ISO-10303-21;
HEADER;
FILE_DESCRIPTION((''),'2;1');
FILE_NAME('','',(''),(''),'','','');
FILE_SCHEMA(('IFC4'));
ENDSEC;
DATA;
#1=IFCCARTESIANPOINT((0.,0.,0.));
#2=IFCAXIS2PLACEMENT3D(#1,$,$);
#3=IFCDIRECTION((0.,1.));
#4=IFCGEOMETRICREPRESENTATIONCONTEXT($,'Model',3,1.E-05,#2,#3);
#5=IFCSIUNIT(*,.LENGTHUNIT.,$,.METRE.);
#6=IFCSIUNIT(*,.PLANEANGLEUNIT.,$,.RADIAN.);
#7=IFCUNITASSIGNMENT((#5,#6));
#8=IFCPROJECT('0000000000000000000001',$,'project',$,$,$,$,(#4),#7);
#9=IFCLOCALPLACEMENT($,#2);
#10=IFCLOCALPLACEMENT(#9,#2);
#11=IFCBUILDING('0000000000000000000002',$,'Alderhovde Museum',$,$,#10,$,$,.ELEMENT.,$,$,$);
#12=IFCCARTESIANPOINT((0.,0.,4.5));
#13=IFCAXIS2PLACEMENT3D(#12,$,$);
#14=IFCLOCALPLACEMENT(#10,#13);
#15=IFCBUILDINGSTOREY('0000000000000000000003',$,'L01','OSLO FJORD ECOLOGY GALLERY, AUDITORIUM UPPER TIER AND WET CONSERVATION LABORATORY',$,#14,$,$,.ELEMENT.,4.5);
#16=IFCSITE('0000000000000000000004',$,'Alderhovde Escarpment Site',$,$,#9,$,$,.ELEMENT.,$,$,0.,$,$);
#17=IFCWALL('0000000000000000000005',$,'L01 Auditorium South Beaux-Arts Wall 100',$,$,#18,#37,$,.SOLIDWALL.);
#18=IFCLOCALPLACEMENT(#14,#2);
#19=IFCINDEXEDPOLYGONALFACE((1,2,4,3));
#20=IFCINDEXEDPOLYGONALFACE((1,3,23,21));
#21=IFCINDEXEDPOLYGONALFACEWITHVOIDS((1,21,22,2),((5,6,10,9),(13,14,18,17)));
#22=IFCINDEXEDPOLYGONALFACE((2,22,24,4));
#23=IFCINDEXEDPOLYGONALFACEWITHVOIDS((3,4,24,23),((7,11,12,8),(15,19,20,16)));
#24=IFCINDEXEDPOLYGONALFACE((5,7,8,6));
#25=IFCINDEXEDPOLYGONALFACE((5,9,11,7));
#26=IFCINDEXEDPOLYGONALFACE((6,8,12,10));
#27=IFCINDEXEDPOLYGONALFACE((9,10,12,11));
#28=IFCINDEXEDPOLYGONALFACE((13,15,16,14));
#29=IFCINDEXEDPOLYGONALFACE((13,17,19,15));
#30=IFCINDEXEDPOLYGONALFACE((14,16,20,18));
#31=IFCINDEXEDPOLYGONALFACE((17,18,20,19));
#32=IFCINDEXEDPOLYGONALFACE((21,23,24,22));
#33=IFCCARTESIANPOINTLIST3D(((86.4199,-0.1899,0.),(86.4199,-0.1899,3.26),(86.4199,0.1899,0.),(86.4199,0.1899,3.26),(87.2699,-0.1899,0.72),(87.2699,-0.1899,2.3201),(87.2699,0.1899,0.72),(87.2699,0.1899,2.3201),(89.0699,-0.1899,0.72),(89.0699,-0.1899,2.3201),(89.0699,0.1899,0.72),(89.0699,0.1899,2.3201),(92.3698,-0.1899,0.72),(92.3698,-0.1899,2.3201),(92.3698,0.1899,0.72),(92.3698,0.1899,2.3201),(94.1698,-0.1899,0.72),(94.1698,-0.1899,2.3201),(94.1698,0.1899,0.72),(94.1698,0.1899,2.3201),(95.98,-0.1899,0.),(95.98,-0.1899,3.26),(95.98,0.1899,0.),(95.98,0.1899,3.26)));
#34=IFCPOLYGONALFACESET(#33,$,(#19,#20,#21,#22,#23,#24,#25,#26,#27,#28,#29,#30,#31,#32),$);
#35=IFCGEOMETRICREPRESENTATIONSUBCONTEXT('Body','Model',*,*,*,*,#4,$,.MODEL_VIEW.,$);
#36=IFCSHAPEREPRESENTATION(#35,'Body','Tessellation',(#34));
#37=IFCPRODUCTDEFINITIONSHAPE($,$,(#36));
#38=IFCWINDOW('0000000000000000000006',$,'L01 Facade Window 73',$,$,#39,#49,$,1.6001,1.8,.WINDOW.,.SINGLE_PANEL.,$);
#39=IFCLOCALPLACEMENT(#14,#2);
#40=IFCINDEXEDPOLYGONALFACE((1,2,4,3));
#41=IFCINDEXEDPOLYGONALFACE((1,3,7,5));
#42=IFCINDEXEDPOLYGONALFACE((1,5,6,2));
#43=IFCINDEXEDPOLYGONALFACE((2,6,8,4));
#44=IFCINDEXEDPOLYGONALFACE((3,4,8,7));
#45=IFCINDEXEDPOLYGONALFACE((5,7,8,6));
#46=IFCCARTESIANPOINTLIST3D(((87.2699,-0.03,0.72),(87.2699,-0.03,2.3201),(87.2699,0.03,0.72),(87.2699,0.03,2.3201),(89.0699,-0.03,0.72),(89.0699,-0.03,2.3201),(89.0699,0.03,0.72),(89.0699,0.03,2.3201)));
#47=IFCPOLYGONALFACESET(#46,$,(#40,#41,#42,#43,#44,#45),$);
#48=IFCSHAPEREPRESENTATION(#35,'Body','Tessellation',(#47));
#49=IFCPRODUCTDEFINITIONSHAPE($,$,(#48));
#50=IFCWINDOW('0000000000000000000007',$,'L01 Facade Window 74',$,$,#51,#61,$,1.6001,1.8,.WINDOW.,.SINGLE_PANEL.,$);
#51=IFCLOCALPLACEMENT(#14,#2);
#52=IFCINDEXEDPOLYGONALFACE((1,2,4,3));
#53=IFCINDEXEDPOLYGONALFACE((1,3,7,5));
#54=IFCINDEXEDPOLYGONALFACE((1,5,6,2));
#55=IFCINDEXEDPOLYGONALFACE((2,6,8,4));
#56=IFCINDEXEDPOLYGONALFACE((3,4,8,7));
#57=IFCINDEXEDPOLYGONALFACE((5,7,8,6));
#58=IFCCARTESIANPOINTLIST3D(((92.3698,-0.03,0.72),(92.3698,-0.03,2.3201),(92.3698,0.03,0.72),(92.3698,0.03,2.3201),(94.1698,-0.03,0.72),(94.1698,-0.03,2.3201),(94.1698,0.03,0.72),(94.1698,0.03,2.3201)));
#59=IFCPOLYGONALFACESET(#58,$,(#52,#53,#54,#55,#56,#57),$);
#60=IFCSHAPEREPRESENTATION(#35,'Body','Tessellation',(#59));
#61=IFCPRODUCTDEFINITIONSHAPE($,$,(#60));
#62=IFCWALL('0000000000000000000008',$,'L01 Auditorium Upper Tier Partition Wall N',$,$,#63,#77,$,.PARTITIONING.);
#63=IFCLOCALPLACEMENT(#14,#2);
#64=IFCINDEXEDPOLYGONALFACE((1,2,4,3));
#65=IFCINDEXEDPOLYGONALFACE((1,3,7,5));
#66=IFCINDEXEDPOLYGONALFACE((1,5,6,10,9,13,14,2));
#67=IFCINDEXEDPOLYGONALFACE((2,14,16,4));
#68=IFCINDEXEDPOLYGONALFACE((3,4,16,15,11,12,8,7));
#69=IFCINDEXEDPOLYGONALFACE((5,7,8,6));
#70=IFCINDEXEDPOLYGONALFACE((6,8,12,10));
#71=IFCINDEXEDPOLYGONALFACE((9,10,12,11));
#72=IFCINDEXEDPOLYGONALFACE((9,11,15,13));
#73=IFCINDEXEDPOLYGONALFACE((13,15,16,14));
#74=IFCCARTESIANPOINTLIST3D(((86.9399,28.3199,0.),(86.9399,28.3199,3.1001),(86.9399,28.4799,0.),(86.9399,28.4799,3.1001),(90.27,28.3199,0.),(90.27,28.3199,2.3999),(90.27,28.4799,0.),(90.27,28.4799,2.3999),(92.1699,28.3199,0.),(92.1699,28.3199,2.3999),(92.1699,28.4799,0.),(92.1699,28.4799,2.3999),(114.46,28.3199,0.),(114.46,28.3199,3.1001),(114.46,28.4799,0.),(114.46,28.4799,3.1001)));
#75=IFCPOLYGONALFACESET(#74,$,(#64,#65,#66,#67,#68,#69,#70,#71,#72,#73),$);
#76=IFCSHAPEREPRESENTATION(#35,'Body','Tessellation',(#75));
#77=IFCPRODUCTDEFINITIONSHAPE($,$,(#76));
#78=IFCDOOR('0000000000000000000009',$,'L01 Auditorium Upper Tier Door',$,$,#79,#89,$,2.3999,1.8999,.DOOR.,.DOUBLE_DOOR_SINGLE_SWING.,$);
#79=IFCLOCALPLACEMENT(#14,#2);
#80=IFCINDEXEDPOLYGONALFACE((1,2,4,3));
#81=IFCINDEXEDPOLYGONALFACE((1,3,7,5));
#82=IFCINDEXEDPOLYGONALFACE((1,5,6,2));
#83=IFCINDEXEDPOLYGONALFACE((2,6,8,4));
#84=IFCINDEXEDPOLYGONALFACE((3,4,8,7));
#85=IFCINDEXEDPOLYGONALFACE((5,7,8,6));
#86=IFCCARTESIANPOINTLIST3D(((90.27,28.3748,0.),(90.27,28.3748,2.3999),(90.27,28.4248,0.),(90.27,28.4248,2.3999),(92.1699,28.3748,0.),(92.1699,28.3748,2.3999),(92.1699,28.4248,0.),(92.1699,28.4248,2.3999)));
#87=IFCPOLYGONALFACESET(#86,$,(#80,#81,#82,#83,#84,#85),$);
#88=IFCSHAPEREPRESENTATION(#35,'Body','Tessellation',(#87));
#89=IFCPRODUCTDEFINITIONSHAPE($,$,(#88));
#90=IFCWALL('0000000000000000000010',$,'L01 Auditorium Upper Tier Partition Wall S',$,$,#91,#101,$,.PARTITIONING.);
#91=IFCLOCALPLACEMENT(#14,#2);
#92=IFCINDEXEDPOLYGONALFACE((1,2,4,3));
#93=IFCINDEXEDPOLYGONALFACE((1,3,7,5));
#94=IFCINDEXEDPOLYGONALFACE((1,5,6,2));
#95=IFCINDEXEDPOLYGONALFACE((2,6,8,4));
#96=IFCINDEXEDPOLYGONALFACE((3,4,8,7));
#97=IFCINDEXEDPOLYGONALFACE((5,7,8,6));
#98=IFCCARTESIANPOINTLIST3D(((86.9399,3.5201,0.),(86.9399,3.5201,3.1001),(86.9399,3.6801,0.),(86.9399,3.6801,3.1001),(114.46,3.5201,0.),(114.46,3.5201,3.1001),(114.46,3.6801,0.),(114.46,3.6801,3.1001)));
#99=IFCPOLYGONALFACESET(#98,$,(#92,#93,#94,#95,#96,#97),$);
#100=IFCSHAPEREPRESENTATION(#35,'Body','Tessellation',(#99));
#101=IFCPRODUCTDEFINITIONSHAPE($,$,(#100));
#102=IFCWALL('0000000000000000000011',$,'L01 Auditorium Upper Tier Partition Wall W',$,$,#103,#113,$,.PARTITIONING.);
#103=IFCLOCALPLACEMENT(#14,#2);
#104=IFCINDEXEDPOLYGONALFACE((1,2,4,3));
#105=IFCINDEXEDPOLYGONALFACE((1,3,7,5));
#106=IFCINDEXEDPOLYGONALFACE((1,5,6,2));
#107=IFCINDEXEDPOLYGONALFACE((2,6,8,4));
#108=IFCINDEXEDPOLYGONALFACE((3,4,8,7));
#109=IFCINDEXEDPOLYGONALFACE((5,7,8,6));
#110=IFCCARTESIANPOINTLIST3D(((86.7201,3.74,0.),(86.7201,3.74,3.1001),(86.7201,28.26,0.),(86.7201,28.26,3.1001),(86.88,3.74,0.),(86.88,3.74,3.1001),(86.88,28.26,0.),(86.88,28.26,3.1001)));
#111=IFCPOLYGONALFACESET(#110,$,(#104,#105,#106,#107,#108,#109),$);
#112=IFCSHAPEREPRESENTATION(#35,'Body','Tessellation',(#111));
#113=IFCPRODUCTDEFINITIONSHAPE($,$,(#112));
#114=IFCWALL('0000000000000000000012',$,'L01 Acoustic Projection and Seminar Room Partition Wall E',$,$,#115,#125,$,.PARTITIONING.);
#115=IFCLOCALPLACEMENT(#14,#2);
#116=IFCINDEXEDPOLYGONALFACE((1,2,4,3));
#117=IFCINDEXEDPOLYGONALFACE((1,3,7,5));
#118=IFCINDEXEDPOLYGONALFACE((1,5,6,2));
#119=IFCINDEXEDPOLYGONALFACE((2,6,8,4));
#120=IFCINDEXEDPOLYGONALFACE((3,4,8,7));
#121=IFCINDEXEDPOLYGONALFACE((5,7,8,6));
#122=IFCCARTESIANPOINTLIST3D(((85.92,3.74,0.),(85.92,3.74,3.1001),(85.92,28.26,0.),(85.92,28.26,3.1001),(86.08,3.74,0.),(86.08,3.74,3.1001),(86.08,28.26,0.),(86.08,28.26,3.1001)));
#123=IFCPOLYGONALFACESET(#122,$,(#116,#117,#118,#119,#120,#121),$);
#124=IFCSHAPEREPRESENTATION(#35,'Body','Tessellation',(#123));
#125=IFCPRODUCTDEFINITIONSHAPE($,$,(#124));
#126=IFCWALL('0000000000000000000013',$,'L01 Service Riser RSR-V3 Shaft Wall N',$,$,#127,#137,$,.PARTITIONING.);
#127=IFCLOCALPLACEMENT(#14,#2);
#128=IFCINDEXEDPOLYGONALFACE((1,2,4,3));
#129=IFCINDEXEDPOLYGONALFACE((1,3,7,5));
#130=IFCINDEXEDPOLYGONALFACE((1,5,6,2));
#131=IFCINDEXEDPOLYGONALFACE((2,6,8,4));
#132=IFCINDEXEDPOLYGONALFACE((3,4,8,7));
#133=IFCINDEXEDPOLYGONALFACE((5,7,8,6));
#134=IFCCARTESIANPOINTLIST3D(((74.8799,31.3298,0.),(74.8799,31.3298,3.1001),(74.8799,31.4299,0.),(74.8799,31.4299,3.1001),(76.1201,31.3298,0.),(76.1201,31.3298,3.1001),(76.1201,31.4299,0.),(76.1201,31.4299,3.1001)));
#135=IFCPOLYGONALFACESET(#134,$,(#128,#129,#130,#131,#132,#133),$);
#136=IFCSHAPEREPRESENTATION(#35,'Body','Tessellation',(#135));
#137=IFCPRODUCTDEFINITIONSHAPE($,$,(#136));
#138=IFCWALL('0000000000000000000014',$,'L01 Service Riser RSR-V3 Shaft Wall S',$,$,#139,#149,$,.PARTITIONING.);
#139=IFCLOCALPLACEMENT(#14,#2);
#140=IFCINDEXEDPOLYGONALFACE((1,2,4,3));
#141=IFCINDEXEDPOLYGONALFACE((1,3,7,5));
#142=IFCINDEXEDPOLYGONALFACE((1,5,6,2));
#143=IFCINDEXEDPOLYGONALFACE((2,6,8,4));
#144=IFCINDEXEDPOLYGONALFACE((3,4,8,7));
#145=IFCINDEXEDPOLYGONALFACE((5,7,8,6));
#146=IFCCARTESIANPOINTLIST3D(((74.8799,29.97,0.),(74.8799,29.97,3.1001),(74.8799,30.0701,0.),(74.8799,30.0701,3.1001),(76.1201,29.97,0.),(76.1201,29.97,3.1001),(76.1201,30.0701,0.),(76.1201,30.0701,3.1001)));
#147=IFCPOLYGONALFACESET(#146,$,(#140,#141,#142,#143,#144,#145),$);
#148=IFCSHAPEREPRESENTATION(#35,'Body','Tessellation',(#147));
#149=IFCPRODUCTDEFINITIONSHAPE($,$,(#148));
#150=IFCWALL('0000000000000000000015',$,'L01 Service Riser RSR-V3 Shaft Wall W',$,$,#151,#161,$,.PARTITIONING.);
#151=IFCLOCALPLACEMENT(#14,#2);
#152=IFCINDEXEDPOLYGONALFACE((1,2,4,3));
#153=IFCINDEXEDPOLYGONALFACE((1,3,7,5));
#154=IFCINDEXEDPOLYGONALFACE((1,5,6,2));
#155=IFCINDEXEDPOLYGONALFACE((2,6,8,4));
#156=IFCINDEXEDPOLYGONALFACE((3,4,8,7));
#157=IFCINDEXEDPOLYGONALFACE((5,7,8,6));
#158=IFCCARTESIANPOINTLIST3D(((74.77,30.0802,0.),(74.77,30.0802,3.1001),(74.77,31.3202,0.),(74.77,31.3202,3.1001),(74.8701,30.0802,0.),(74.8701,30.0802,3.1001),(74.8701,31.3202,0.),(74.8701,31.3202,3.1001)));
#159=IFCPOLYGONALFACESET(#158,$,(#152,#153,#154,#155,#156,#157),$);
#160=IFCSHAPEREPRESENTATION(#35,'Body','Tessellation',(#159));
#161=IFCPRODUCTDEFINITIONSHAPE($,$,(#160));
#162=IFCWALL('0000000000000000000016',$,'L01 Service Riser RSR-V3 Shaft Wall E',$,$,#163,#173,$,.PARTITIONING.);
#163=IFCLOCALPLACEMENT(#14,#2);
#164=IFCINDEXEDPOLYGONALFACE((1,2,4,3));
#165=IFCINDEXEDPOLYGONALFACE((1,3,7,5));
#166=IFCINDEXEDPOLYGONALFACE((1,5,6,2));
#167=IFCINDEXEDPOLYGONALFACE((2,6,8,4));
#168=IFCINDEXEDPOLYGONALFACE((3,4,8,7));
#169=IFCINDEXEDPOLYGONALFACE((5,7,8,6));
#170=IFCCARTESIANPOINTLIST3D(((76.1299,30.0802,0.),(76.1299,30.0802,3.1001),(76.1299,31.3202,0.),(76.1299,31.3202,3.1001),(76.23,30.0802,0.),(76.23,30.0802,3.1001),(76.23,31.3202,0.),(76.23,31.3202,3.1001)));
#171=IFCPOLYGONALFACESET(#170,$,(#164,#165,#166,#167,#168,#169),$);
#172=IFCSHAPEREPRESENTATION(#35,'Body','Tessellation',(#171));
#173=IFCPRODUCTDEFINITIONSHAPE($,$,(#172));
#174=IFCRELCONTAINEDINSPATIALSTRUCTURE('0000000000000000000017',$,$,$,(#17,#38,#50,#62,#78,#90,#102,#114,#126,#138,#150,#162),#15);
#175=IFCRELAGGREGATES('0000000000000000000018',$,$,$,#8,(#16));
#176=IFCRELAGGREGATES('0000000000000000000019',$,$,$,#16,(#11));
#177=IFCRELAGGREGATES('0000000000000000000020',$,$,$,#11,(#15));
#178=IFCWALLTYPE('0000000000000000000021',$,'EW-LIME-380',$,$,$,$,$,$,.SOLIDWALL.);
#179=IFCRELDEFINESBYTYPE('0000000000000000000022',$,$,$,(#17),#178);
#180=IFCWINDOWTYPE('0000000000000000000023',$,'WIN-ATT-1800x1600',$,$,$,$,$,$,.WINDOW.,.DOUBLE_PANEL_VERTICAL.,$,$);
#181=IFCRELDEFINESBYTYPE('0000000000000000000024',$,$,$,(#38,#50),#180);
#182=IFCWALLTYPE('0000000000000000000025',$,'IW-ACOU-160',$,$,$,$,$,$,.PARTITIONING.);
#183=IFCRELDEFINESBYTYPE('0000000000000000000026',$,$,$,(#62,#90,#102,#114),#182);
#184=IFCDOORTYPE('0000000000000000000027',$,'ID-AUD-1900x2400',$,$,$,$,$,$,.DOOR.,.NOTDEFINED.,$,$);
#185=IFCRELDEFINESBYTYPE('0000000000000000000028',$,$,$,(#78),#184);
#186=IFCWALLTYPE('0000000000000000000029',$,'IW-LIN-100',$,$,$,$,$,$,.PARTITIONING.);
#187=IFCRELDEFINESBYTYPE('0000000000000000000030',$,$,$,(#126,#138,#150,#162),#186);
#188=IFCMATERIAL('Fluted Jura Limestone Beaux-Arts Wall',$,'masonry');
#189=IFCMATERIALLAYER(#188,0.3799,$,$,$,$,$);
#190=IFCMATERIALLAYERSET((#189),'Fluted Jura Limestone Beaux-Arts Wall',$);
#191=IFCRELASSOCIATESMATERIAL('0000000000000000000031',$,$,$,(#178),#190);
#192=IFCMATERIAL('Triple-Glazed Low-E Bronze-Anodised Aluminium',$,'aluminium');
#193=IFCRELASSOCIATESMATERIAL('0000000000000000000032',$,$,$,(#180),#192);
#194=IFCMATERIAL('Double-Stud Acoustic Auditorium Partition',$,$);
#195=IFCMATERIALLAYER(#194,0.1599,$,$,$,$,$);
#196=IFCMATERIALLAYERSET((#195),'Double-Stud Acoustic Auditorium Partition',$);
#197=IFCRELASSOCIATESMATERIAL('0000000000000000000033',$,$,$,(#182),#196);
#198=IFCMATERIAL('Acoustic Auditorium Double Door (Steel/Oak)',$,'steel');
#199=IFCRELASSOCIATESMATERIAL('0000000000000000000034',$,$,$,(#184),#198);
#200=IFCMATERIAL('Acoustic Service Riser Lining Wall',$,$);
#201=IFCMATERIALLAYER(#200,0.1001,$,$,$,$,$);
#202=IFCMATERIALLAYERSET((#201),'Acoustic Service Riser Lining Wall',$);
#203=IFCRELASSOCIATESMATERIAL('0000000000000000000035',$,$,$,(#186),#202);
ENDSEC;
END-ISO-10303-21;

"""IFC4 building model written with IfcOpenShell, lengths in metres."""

from ifc_helpers import new_model, si_unit, direction, frame, frame_2d, origin, place, context, subcontext, project, spatial, rectangle, extrude, material, layer, layer_set, type_object, element, fill, save


model = new_model("IFC4")

# Units and contexts
model_context = context("Model", 3, precision=1e-05, world=origin(), true_north=direction((0.0, 1.0)))
body_context = subcontext(model_context, "Body", "Model", "MODEL_VIEW")
ifc_project = project(units=[si_unit("LENGTHUNIT", "METRE"), si_unit("PLANEANGLEUNIT", "RADIAN")], contexts=[model_context])

# Site, building, storey
site_placement = place(None, origin())
site = spatial("IfcSite", under=ifc_project, at=site_placement, Name="Alderhovde Escarpment Site", CompositionType="ELEMENT", RefElevation=0.0)
building_placement = place(site_placement, origin())
building = spatial("IfcBuilding", under=site, at=building_placement, Name="Alderhovde Museum", CompositionType="ELEMENT")
storey_placement = place(building_placement, frame((0.0, 0.0, 4.5)))
storey = spatial("IfcBuildingStorey", under=building, at=storey_placement, Name="L01", Description="OSLO FJORD ECOLOGY GALLERY, AUDITORIUM UPPER TIER AND WET CONSERVATION LABORATORY", CompositionType="ELEMENT", Elevation=4.5)

# Wall, openings, windows
ifc_material_1 = material(Name="Fluted Jura Limestone Beaux-Arts Wall", Category="masonry")
ifc_layer_1 = layer(ifc_material_1, 0.3799)
ifc_layer_set_1 = layer_set([ifc_layer_1], Name="Fluted Jura Limestone Beaux-Arts Wall")
wall_type_1 = type_object("IfcWallType", Name="EW-LIME-380", PredefinedType="SOLIDWALL", material=ifc_layer_set_1)
ifc_material_2 = material(Name="Triple-Glazed Low-E Bronze-Anodised Aluminium", Category="aluminium")
window_type = type_object("IfcWindowType", Name="WIN-ATT-1800x1600", PartitioningType="DOUBLE_PANEL_VERTICAL", PredefinedType="WINDOW", material=ifc_material_2)
wall_1_placement = place(storey_placement, frame((86.4199, 0.0, 0.0), z_axis=(0.0, 0.0, 1.0), x_axis=(1.0, 0.0, 0.0)))
wall_1 = element("IfcWall", 1, at=wall_1_placement, inside=storey, type_object=wall_type_1, Name="L01 Auditorium South Beaux-Arts Wall 100", PredefinedType="SOLIDWALL", context=body_context, shape_type="SweptSolid", body=[
    extrude(rectangle(XDim=9.5601, YDim=0.3799, at=frame_2d((4.78, 0.0))), origin(), (0.0, 0.0, 1.0), 3.26),
])
opening_1_placement = place(wall_1_placement, frame((0.8501, 0.0, 0.72)))
opening_1 = element("IfcOpeningElement", 2, at=opening_1_placement, cuts=wall_1, PredefinedType="OPENING", context=body_context, shape_type="SweptSolid", body=[
    extrude(rectangle(XDim=1.8, YDim=1.6001, at=frame_2d((0.8999, 0.8))), frame((0.0, 0.2, 0.0), z_axis=(0.0, -1.0, 0.0), x_axis=(1.0, 0.0, 0.0)), (0.0, 0.0, 1.0), 0.3999),
])
opening_2_placement = place(wall_1_placement, frame((5.95, 0.0, 0.72)))
opening_2 = element("IfcOpeningElement", 3, at=opening_2_placement, cuts=wall_1, PredefinedType="OPENING", context=body_context, shape_type="SweptSolid", body=[
    extrude(rectangle(XDim=1.8, YDim=1.6001, at=frame_2d((0.8999, 0.8))), frame((0.0, 0.2, 0.0), z_axis=(0.0, -1.0, 0.0), x_axis=(1.0, 0.0, 0.0)), (0.0, 0.0, 1.0), 0.3999),
])
window_1_placement = place(opening_1_placement, origin())
window_1 = element("IfcWindow", 4, at=window_1_placement, inside=storey, type_object=window_type, Name="L01 Facade Window 73", OverallHeight=1.6001, OverallWidth=1.8, PartitioningType="SINGLE_PANEL", PredefinedType="WINDOW", context=body_context, shape_type="SweptSolid", body=[
    extrude(rectangle(XDim=1.8, YDim=1.6001, at=frame_2d((0.8999, 0.8))), frame((0.0, 0.03, 0.0), z_axis=(0.0, -1.0, 0.0), x_axis=(1.0, 0.0, 0.0)), (0.0, 0.0, 1.0), 0.0601),
])
fill(opening_1, window_1)
window_2_placement = place(opening_2_placement, origin())
window_2 = element("IfcWindow", 5, at=window_2_placement, inside=storey, type_object=window_type, Name="L01 Facade Window 74", OverallHeight=1.6001, OverallWidth=1.8, PartitioningType="SINGLE_PANEL", PredefinedType="WINDOW", context=body_context, shape_type="SweptSolid", body=[
    extrude(rectangle(XDim=1.8, YDim=1.6001, at=frame_2d((0.8999, 0.8))), frame((0.0, 0.03, 0.0), z_axis=(0.0, -1.0, 0.0), x_axis=(1.0, 0.0, 0.0)), (0.0, 0.0, 1.0), 0.0601),
])
fill(opening_2, window_2)

# Wall, opening, door
ifc_material_3 = material(Name="Double-Stud Acoustic Auditorium Partition")
ifc_layer_2 = layer(ifc_material_3, 0.1599)
ifc_layer_set_2 = layer_set([ifc_layer_2], Name="Double-Stud Acoustic Auditorium Partition")
wall_type_2 = type_object("IfcWallType", Name="IW-ACOU-160", PredefinedType="PARTITIONING", material=ifc_layer_set_2)
wall_2_placement = place(storey_placement, frame((86.9399, 28.3999, 0.0), z_axis=(0.0, 0.0, 1.0), x_axis=(1.0, 0.0, 0.0)))
wall_2 = element("IfcWall", 6, at=wall_2_placement, inside=storey, type_object=wall_type_2, Name="L01 Auditorium Upper Tier Partition Wall N", PredefinedType="PARTITIONING", context=body_context, shape_type="SweptSolid", body=[
    extrude(rectangle(XDim=27.52, YDim=0.1599, at=frame_2d((13.76, 0.0))), origin(), (0.0, 0.0, 1.0), 3.1001),
])
opening_3_placement = place(wall_2_placement, frame((3.3301, 0.0, 0.0)))
opening_3 = element("IfcOpeningElement", 7, at=opening_3_placement, cuts=wall_2, PredefinedType="OPENING", context=body_context, shape_type="SweptSolid", body=[
    extrude(rectangle(XDim=1.8999, YDim=2.3999, at=frame_2d((0.95, 1.2))), frame((0.0, 0.0901, 0.0), z_axis=(0.0, -1.0, 0.0), x_axis=(1.0, 0.0, 0.0)), (0.0, 0.0, 1.0), 0.1799),
])
ifc_material_4 = material(Name="Acoustic Auditorium Double Door (Steel/Oak)", Category="steel")
door_type = type_object("IfcDoorType", Name="ID-AUD-1900x2400", OperationType="NOTDEFINED", PredefinedType="DOOR", material=ifc_material_4)
door_placement = place(opening_3_placement, origin())
door = element("IfcDoor", 8, at=door_placement, inside=storey, type_object=door_type, Name="L01 Auditorium Upper Tier Door", OperationType="DOUBLE_DOOR_SINGLE_SWING", OverallHeight=2.3999, OverallWidth=1.8999, PredefinedType="DOOR", context=body_context, shape_type="SweptSolid", body=[
    extrude(rectangle(XDim=1.8999, YDim=2.3999, at=frame_2d((0.95, 1.2))), frame((0.0, 0.0249, 0.0), z_axis=(0.0, -1.0, 0.0), x_axis=(1.0, 0.0, 0.0)), (0.0, 0.0, 1.0), 0.05),
])
fill(opening_3, door)

# Walls
wall_3_placement = place(storey_placement, frame((86.9399, 3.6001, 0.0), z_axis=(0.0, 0.0, 1.0), x_axis=(1.0, 0.0, 0.0)))
element("IfcWall", 9, at=wall_3_placement, inside=storey, type_object=wall_type_2, Name="L01 Auditorium Upper Tier Partition Wall S", PredefinedType="PARTITIONING", context=body_context, shape_type="SweptSolid", body=[
    extrude(rectangle(XDim=27.52, YDim=0.1599, at=frame_2d((13.76, 0.0))), origin(), (0.0, 0.0, 1.0), 3.1001),
])
for number, where, z_axis, x_axis, name in (
    (10, (86.8, 3.74, 0.0), (0.0, 0.0, 1.0), (0.0, 1.0, 0.0), "L01 Auditorium Upper Tier Partition Wall W"),
    (11, (86.0, 3.74, 0.0), (0.0, 0.0, 1.0), (0.0, 1.0, 0.0), "L01 Acoustic Projection and Seminar Room Partition Wall E"),
):
    element("IfcWall", number, at=place(storey_placement, frame(where, z_axis=z_axis, x_axis=x_axis)), inside=storey, type_object=wall_type_2, Name=name, PredefinedType="PARTITIONING", context=body_context, shape_type="SweptSolid", body=[
        extrude(rectangle(XDim=24.52, YDim=0.1599, at=frame_2d((12.26, 0.0))), origin(), (0.0, 0.0, 1.0), 3.1001),
    ])
ifc_material_5 = material(Name="Acoustic Service Riser Lining Wall")
ifc_layer_3 = layer(ifc_material_5, 0.1001)
ifc_layer_set_3 = layer_set([ifc_layer_3], Name="Acoustic Service Riser Lining Wall")
wall_type_3 = type_object("IfcWallType", Name="IW-LIN-100", PredefinedType="PARTITIONING", material=ifc_layer_set_3)
for number, where, z_axis, x_axis, name in (
    (12, (74.8799, 31.3799, 0.0), (0.0, 0.0, 1.0), (1.0, 0.0, 0.0), "L01 Service Riser RSR-V3 Shaft Wall N"),
    (13, (74.8799, 30.02, 0.0), (0.0, 0.0, 1.0), (1.0, 0.0, 0.0), "L01 Service Riser RSR-V3 Shaft Wall S"),
):
    element("IfcWall", number, at=place(storey_placement, frame(where, z_axis=z_axis, x_axis=x_axis)), inside=storey, type_object=wall_type_3, Name=name, PredefinedType="PARTITIONING", context=body_context, shape_type="SweptSolid", body=[
        extrude(rectangle(XDim=1.2402, YDim=0.1001, at=frame_2d((0.6201, 0.0))), origin(), (0.0, 0.0, 1.0), 3.1001),
    ])
for number, where, z_axis, x_axis, name in (
    (14, (74.8201, 30.0801, 0.0), (0.0, 0.0, 1.0), (0.0, 1.0, 0.0), "L01 Service Riser RSR-V3 Shaft Wall W"),
    (15, (76.1799, 30.0801, 0.0), (0.0, 0.0, 1.0), (0.0, 1.0, 0.0), "L01 Service Riser RSR-V3 Shaft Wall E"),
):
    element("IfcWall", number, at=place(storey_placement, frame(where, z_axis=z_axis, x_axis=x_axis)), inside=storey, type_object=wall_type_3, Name=name, PredefinedType="PARTITIONING", context=body_context, shape_type="SweptSolid", body=[
        extrude(rectangle(XDim=1.24, YDim=0.1001, at=frame_2d((0.6201, 0.0))), origin(), (0.0, 0.0, 1.0), 3.1001),
    ])

save(model, "model.ifc")
